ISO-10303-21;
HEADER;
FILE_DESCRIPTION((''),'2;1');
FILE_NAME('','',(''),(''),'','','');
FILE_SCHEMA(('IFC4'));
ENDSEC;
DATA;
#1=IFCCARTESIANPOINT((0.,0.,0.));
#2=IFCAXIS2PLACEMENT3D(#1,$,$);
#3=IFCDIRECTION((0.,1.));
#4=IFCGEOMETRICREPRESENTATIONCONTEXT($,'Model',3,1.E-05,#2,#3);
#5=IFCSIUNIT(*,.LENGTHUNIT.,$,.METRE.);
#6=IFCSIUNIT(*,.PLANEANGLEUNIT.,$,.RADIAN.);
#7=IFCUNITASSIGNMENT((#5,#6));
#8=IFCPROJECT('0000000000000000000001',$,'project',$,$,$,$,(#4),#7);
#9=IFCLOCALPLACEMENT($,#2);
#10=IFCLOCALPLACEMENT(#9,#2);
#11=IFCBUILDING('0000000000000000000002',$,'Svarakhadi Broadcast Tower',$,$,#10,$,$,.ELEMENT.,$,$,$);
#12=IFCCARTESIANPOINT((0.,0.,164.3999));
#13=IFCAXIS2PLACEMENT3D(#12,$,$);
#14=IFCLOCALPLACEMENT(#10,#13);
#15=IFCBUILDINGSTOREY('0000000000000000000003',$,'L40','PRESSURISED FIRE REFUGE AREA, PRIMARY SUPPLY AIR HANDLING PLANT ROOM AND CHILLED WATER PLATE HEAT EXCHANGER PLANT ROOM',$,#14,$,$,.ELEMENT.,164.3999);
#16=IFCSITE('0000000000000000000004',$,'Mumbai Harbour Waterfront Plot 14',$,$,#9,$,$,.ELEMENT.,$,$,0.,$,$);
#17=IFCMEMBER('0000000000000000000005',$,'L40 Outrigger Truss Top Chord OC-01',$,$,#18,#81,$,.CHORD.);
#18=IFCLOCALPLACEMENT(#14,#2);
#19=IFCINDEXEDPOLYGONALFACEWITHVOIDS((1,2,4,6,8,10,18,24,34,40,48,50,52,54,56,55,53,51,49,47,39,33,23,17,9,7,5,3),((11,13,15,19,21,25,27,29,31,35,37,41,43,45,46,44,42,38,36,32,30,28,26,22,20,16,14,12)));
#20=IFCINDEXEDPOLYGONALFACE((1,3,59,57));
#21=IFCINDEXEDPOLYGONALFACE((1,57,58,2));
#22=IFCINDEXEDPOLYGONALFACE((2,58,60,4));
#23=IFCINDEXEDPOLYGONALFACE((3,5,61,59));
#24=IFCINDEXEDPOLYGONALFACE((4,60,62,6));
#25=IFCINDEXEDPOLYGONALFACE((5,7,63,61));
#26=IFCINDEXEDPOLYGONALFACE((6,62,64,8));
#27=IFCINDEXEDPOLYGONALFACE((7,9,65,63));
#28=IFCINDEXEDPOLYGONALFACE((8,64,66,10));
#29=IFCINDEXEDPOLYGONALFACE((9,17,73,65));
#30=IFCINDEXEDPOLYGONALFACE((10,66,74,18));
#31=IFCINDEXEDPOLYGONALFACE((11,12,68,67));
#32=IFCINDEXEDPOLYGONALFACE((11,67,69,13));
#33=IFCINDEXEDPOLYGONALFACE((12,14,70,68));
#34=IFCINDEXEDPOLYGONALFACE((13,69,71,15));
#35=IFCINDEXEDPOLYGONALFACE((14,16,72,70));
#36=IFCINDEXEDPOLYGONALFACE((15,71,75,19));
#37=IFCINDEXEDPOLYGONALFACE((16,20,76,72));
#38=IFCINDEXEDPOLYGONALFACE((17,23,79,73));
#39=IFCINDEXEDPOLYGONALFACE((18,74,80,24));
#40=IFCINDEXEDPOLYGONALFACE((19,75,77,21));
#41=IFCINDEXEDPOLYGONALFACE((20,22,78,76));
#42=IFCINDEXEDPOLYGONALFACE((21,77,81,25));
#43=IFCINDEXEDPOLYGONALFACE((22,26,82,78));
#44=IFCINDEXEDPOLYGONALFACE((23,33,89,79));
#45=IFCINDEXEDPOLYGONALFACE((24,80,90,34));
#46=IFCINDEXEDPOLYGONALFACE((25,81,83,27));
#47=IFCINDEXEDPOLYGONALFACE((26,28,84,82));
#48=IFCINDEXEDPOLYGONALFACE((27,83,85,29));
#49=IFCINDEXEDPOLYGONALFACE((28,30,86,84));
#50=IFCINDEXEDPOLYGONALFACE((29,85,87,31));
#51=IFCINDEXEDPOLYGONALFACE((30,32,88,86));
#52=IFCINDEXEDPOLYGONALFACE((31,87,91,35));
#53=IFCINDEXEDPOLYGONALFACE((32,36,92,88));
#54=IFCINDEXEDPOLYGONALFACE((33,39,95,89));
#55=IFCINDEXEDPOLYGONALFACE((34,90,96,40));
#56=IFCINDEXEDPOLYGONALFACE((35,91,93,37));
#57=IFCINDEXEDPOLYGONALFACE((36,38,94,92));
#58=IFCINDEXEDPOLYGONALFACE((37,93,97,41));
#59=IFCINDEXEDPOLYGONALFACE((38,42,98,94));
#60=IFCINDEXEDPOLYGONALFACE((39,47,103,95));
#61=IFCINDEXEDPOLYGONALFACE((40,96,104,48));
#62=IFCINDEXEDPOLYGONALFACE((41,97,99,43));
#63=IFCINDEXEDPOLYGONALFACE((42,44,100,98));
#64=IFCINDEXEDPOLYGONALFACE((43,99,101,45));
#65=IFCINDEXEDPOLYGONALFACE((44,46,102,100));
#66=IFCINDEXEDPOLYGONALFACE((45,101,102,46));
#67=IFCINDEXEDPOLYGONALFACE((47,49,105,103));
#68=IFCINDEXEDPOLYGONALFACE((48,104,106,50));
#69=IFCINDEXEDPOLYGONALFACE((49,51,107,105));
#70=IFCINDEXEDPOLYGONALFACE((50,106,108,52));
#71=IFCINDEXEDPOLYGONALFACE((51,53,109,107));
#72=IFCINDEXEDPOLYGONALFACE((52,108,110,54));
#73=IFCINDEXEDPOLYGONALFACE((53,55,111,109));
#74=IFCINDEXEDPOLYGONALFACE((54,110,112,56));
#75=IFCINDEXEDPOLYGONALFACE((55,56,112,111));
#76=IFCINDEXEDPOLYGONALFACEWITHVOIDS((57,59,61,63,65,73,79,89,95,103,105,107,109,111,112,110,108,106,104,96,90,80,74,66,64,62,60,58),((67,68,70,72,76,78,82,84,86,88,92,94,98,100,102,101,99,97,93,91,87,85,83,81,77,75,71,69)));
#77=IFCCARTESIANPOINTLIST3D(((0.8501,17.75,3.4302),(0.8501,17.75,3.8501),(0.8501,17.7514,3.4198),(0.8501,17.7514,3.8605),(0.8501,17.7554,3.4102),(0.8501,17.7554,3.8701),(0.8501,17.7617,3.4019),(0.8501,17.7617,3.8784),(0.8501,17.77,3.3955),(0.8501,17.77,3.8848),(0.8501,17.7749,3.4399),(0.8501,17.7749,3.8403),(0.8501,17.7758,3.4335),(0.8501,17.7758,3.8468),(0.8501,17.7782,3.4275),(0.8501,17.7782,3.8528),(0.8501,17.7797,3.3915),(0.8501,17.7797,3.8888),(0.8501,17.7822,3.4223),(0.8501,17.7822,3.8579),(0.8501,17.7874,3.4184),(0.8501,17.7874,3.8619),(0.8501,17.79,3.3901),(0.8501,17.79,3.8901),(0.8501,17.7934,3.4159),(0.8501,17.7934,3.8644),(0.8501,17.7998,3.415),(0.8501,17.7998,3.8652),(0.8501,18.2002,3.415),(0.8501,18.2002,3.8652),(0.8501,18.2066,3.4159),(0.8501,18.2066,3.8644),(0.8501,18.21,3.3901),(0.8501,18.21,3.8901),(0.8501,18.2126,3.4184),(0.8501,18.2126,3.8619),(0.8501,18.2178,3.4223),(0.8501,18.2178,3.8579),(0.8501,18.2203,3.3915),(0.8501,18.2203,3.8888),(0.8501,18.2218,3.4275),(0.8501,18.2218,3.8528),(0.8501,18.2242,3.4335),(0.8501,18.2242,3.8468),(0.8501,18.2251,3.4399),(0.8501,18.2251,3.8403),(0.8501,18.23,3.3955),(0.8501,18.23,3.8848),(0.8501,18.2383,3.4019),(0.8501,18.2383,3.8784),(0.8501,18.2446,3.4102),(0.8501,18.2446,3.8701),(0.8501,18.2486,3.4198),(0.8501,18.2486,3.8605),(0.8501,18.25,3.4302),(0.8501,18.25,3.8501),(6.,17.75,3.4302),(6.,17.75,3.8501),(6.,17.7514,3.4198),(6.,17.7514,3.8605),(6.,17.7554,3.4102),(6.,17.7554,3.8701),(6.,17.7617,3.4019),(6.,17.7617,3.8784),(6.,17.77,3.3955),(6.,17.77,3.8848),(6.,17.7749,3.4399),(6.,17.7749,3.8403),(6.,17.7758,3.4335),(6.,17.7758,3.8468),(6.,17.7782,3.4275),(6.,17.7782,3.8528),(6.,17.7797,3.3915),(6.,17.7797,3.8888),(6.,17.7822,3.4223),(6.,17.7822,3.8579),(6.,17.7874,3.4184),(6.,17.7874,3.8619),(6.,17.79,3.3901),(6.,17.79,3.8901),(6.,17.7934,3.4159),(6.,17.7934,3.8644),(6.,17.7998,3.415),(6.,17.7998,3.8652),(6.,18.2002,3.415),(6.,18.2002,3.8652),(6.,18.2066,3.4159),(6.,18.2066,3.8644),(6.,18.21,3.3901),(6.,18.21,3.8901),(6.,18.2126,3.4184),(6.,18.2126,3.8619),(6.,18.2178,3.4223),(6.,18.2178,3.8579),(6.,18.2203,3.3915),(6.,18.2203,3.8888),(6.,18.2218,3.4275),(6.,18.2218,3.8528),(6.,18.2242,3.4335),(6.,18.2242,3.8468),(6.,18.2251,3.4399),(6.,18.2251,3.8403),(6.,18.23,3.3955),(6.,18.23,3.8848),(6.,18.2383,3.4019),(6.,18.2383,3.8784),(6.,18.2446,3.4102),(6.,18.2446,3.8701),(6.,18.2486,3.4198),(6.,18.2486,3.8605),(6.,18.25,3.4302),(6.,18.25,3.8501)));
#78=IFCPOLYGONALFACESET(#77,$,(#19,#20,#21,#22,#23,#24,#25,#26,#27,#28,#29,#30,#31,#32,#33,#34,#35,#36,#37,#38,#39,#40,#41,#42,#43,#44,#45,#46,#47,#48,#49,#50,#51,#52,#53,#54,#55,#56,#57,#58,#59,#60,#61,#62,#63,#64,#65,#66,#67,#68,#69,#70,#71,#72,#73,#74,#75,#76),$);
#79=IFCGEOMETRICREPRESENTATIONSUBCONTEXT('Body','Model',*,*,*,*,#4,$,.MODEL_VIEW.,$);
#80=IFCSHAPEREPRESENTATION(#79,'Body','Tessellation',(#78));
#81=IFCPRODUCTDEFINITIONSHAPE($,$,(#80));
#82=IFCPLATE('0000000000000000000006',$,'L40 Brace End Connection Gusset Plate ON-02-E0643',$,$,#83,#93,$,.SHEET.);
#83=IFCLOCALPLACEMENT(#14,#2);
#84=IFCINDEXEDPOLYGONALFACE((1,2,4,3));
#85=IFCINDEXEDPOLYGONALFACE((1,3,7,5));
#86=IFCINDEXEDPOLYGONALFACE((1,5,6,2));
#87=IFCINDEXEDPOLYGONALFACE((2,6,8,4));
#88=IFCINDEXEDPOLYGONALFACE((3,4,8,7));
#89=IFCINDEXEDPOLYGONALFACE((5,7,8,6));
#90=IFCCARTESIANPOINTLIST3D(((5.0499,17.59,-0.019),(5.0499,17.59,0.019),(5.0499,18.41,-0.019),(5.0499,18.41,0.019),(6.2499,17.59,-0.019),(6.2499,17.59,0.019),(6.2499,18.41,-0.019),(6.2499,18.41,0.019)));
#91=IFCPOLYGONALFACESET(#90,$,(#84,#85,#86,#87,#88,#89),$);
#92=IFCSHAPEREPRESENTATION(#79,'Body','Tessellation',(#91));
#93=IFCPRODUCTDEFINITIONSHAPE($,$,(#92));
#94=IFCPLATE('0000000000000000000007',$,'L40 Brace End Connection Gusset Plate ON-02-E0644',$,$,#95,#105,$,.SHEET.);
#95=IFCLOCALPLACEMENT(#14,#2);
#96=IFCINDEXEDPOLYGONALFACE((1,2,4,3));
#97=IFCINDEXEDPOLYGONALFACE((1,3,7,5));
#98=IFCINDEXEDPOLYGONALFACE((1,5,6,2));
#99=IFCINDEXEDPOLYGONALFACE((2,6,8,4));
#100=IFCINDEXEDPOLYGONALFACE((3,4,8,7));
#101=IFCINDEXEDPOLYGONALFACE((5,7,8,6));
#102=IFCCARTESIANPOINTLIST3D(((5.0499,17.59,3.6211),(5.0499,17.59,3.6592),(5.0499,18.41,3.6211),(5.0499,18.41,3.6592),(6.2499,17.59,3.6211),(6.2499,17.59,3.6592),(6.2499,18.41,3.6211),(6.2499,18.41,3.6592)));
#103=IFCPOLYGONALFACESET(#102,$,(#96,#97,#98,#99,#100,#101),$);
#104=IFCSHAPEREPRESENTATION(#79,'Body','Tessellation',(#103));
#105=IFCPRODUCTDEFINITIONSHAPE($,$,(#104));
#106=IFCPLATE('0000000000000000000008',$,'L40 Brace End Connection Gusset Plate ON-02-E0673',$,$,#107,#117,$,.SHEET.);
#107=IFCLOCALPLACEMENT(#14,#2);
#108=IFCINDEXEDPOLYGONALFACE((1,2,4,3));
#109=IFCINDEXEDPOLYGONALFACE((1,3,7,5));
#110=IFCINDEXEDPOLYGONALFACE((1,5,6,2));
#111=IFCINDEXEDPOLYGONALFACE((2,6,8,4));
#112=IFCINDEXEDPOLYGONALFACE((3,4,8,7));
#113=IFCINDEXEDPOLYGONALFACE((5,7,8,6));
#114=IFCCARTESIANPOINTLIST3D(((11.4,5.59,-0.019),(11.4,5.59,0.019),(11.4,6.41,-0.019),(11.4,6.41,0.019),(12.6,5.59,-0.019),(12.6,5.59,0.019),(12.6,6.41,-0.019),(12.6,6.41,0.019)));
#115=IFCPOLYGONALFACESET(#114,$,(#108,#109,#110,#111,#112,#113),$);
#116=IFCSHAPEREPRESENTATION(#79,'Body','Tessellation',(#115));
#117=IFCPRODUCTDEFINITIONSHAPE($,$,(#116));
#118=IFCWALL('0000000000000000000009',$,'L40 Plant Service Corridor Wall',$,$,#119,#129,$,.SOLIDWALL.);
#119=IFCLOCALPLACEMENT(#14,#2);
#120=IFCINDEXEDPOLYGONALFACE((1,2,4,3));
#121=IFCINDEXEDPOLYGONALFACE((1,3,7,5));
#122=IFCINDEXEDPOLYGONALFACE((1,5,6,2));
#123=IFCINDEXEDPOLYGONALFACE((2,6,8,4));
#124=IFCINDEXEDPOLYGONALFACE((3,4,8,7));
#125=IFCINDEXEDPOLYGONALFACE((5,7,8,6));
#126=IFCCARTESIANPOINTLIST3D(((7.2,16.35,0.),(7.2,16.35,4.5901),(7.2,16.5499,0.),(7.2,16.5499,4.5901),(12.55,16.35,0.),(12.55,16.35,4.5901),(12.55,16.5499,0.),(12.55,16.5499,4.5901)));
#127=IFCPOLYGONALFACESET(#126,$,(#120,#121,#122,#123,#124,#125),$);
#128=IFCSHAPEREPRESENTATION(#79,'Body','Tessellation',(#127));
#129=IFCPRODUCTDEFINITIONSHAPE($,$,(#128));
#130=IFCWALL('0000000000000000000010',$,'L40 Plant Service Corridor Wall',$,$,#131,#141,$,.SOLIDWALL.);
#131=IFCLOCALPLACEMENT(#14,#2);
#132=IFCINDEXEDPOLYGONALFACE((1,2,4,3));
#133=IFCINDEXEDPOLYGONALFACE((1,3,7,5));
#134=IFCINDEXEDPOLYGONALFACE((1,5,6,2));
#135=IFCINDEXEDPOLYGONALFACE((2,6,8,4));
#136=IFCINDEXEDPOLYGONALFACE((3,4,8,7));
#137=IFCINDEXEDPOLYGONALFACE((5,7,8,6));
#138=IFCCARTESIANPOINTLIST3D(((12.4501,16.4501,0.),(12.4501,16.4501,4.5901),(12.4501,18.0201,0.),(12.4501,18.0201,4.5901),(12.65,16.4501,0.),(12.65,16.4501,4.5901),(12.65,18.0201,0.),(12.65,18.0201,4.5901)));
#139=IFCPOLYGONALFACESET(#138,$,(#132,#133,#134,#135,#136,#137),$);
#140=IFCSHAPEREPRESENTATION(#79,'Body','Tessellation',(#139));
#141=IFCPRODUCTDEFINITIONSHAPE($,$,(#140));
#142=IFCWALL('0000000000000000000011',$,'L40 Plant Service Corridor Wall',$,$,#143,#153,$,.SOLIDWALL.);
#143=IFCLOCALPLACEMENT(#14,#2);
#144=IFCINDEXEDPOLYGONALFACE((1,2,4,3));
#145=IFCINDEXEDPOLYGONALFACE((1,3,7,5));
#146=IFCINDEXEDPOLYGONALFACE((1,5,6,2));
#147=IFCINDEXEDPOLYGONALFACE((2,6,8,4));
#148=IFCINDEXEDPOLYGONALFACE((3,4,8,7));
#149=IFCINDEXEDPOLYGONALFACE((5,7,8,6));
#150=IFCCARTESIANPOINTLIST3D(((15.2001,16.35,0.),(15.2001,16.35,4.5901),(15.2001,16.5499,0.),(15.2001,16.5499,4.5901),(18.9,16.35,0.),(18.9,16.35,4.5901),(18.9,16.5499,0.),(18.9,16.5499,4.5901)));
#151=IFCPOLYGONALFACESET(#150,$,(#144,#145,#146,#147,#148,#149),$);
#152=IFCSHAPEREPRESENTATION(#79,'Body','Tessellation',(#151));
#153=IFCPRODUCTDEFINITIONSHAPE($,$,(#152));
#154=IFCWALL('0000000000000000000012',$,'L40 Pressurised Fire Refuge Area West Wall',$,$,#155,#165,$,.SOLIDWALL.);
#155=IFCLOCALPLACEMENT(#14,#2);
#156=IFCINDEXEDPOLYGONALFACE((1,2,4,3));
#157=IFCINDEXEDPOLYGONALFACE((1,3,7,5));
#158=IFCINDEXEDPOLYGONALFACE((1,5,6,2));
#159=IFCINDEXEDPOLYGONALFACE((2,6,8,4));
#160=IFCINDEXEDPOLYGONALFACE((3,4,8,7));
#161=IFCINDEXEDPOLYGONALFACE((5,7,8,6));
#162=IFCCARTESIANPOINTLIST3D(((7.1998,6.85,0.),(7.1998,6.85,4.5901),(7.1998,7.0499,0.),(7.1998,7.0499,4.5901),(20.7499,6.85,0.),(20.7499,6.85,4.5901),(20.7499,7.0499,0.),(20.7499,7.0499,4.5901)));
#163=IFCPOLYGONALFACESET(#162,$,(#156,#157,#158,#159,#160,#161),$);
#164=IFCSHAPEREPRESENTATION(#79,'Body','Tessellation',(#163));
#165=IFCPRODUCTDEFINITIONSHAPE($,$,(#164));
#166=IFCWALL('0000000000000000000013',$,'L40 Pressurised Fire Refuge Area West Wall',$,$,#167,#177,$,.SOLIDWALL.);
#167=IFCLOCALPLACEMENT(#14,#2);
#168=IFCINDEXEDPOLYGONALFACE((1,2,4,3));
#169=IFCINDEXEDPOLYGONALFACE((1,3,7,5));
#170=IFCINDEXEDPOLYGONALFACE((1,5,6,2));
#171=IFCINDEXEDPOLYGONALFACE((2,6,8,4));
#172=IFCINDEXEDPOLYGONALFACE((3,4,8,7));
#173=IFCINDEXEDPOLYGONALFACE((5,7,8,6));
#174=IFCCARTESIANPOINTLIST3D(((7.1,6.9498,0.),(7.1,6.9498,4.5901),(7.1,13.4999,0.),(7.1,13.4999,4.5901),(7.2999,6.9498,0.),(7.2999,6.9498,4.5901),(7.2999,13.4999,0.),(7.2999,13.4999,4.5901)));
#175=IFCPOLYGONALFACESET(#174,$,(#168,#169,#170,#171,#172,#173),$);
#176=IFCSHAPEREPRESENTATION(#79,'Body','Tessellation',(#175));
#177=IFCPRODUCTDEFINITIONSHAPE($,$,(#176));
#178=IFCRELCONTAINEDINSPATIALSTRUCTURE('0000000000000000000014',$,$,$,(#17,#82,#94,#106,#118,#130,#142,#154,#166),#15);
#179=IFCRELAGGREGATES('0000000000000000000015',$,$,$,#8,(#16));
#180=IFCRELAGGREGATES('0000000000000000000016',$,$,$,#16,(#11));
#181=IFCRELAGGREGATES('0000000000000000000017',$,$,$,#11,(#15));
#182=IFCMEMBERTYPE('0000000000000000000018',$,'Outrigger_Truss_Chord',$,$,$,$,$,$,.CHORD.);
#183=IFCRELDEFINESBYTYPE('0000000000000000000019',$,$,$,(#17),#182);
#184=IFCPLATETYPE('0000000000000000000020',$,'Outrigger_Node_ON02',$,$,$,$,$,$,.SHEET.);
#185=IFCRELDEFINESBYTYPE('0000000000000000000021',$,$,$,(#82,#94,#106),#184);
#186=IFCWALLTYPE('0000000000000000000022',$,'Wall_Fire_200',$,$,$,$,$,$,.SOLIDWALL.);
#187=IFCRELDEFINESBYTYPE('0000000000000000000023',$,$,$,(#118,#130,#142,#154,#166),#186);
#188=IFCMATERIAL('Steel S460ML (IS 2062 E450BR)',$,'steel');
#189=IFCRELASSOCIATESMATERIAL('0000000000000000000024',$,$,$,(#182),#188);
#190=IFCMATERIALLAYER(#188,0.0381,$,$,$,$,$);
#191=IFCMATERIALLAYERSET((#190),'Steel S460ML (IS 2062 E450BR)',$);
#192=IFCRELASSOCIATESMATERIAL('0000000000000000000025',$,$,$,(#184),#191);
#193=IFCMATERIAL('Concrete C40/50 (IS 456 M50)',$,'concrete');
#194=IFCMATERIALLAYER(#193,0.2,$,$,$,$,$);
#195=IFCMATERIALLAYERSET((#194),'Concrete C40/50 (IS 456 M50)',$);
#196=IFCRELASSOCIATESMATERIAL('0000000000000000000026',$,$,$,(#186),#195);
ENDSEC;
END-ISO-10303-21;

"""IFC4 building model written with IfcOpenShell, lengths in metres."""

from ifc_helpers import new_model, si_unit, direction, frame, frame_2d, origin, origin_2d, place, context, subcontext, project, spatial, rectangle, hollow_rectangle, extrude, material, layer, layer_set, material_profile, profile_set, type_object, element, save


model = new_model("IFC4")

# Units and contexts
model_context = context("Model", 3, precision=1e-05, world=origin(), true_north=direction((0.0, 1.0)))
body_context = subcontext(model_context, "Body", "Model", "MODEL_VIEW")
ifc_project = project(units=[si_unit("LENGTHUNIT", "METRE"), si_unit("PLANEANGLEUNIT", "RADIAN")], contexts=[model_context])

# Site, building, storey
site_placement = place(None, origin())
site = spatial("IfcSite", under=ifc_project, at=site_placement, Name="Mumbai Harbour Waterfront Plot 14", CompositionType="ELEMENT", RefElevation=0.0)
building_placement = place(site_placement, origin())
building = spatial("IfcBuilding", under=site, at=building_placement, Name="Svarakhadi Broadcast Tower", CompositionType="ELEMENT")
storey_placement = place(building_placement, frame((0.0, 0.0, 164.3999)))
storey = spatial("IfcBuildingStorey", under=building, at=storey_placement, Name="L40", Description="PRESSURISED FIRE REFUGE AREA, PRIMARY SUPPLY AIR HANDLING PLANT ROOM AND CHILLED WATER PLATE HEAT EXCHANGER PLANT ROOM", CompositionType="ELEMENT", Elevation=164.3999)

# Shared definitions
ifc_material_1 = material(Name="Steel S460ML (IS 2062 E450BR)", Category="steel")

# Member
ifc_material_profile_1 = material_profile(ifc_material_1, hollow_rectangle(XDim=0.5, YDim=0.5, WallThickness=0.0249, InnerFilletRadius=0.0249, OuterFilletRadius=0.04, at=origin_2d()), Name="SHS 500x500x25")
ifc_profile_set_1 = profile_set([ifc_material_profile_1], Name="Steel S460ML (IS 2062 E450BR)")
member_type_1 = type_object("IfcMemberType", Name="Outrigger_Truss_Chord", PredefinedType="CHORD", material=ifc_profile_set_1)
member_1_placement = place(storey_placement, frame((6.0, 18.0, 3.6401), z_axis=(-1.0, 0.0, 0.0), x_axis=(0.0, -1.0, 0.0)))
element("IfcMember", 1, at=member_1_placement, inside=storey, type_object=member_type_1, Name="L40 Outrigger Truss Top Chord OC-01", PredefinedType="CHORD", context=body_context, shape_type="SweptSolid", body=[
    extrude(hollow_rectangle(XDim=0.5, YDim=0.5, WallThickness=0.0249, InnerFilletRadius=0.0249, OuterFilletRadius=0.04, at=origin_2d()), origin(), (0.0, 0.0, 1.0), 5.1499),
])

# Plates
ifc_layer_1 = layer(ifc_material_1, 0.0381)
ifc_layer_set_1 = layer_set([ifc_layer_1], Name="Steel S460ML (IS 2062 E450BR)")
plate_type = type_object("IfcPlateType", Name="Outrigger_Node_ON02", PredefinedType="SHEET", material=ifc_layer_set_1)
for number, where, z_axis, x_axis, name in (
    (2, (5.6499, 18.0, -0.019), (0.0, 0.0, 1.0), (1.0, 0.0, 0.0), "L40 Brace End Connection Gusset Plate ON-02-E0643"),
    (3, (5.6499, 18.0, 3.6211), (0.0, 0.0, 1.0), (1.0, 0.0, 0.0), "L40 Brace End Connection Gusset Plate ON-02-E0644"),
    (4, (12.0, 6.0, -0.019), (0.0, 0.0, 1.0), (1.0, 0.0, 0.0), "L40 Brace End Connection Gusset Plate ON-02-E0673"),
):
    element("IfcPlate", number, at=place(storey_placement, frame(where, z_axis=z_axis, x_axis=x_axis)), inside=storey, type_object=plate_type, Name=name, PredefinedType="SHEET", context=body_context, shape_type="SweptSolid", body=[
        extrude(rectangle(XDim=1.2, YDim=0.8201, at=origin_2d()), origin(), (0.0, 0.0, 1.0), 0.0381),
    ])

# Shared definitions
ifc_material_2 = material(Name="Concrete C40/50 (IS 456 M50)", Category="concrete")
ifc_layer_2 = layer(ifc_material_2, 0.2)
ifc_layer_set_2 = layer_set([ifc_layer_2], Name="Concrete C40/50 (IS 456 M50)")
wall_type_1 = type_object("IfcWallType", Name="Wall_Fire_200", PredefinedType="SOLIDWALL", material=ifc_layer_set_2)

# Walls
wall_1_placement = place(storey_placement, frame((7.2, 16.45, 0.0), z_axis=(0.0, 0.0, 1.0), x_axis=(1.0, 0.0, 0.0)))
element("IfcWall", 5, at=wall_1_placement, inside=storey, type_object=wall_type_1, Name="L40 Plant Service Corridor Wall", PredefinedType="SOLIDWALL", context=body_context, shape_type="SweptSolid", body=[
    extrude(rectangle(XDim=5.3501, YDim=0.2, at=frame_2d((2.675, 0.0))), origin(), (0.0, 0.0, 1.0), 4.5901),
])
wall_2_placement = place(storey_placement, frame((12.55, 16.45, 0.0), z_axis=(0.0, 0.0, 1.0), x_axis=(0.0, 1.0, 0.0)))
element("IfcWall", 6, at=wall_2_placement, inside=storey, type_object=wall_type_1, Name="L40 Plant Service Corridor Wall", PredefinedType="SOLIDWALL", context=body_context, shape_type="SweptSolid", body=[
    extrude(rectangle(XDim=1.5701, YDim=0.2, at=frame_2d((0.7852, 0.0))), origin(), (0.0, 0.0, 1.0), 4.5901),
])
wall_3_placement = place(storey_placement, frame((15.2, 16.45, 0.0), z_axis=(0.0, 0.0, 1.0), x_axis=(1.0, 0.0, 0.0)))
element("IfcWall", 7, at=wall_3_placement, inside=storey, type_object=wall_type_1, Name="L40 Plant Service Corridor Wall", PredefinedType="SOLIDWALL", context=body_context, shape_type="SweptSolid", body=[
    extrude(rectangle(XDim=3.7, YDim=0.2, at=frame_2d((1.8501, 0.0))), origin(), (0.0, 0.0, 1.0), 4.5901),
])
wall_4_placement = place(storey_placement, frame((7.2, 6.95, 0.0), z_axis=(0.0, 0.0, 1.0), x_axis=(1.0, 0.0, 0.0)))
element("IfcWall", 8, at=wall_4_placement, inside=storey, type_object=wall_type_1, Name="L40 Pressurised Fire Refuge Area West Wall", PredefinedType="SOLIDWALL", context=body_context, shape_type="SweptSolid", body=[
    extrude(rectangle(XDim=13.55, YDim=0.2, at=frame_2d((6.7749, 0.0))), origin(), (0.0, 0.0, 1.0), 4.5901),
])
wall_5_placement = place(storey_placement, frame((7.2, 6.95, 0.0), z_axis=(0.0, 0.0, 1.0), x_axis=(0.0, 1.0, 0.0)))
element("IfcWall", 9, at=wall_5_placement, inside=storey, type_object=wall_type_1, Name="L40 Pressurised Fire Refuge Area West Wall", PredefinedType="SOLIDWALL", context=body_context, shape_type="SweptSolid", body=[
    extrude(rectangle(XDim=6.55, YDim=0.2, at=frame_2d((3.2749, 0.0))), origin(), (0.0, 0.0, 1.0), 4.5901),
])

save(model, "model.ifc")
